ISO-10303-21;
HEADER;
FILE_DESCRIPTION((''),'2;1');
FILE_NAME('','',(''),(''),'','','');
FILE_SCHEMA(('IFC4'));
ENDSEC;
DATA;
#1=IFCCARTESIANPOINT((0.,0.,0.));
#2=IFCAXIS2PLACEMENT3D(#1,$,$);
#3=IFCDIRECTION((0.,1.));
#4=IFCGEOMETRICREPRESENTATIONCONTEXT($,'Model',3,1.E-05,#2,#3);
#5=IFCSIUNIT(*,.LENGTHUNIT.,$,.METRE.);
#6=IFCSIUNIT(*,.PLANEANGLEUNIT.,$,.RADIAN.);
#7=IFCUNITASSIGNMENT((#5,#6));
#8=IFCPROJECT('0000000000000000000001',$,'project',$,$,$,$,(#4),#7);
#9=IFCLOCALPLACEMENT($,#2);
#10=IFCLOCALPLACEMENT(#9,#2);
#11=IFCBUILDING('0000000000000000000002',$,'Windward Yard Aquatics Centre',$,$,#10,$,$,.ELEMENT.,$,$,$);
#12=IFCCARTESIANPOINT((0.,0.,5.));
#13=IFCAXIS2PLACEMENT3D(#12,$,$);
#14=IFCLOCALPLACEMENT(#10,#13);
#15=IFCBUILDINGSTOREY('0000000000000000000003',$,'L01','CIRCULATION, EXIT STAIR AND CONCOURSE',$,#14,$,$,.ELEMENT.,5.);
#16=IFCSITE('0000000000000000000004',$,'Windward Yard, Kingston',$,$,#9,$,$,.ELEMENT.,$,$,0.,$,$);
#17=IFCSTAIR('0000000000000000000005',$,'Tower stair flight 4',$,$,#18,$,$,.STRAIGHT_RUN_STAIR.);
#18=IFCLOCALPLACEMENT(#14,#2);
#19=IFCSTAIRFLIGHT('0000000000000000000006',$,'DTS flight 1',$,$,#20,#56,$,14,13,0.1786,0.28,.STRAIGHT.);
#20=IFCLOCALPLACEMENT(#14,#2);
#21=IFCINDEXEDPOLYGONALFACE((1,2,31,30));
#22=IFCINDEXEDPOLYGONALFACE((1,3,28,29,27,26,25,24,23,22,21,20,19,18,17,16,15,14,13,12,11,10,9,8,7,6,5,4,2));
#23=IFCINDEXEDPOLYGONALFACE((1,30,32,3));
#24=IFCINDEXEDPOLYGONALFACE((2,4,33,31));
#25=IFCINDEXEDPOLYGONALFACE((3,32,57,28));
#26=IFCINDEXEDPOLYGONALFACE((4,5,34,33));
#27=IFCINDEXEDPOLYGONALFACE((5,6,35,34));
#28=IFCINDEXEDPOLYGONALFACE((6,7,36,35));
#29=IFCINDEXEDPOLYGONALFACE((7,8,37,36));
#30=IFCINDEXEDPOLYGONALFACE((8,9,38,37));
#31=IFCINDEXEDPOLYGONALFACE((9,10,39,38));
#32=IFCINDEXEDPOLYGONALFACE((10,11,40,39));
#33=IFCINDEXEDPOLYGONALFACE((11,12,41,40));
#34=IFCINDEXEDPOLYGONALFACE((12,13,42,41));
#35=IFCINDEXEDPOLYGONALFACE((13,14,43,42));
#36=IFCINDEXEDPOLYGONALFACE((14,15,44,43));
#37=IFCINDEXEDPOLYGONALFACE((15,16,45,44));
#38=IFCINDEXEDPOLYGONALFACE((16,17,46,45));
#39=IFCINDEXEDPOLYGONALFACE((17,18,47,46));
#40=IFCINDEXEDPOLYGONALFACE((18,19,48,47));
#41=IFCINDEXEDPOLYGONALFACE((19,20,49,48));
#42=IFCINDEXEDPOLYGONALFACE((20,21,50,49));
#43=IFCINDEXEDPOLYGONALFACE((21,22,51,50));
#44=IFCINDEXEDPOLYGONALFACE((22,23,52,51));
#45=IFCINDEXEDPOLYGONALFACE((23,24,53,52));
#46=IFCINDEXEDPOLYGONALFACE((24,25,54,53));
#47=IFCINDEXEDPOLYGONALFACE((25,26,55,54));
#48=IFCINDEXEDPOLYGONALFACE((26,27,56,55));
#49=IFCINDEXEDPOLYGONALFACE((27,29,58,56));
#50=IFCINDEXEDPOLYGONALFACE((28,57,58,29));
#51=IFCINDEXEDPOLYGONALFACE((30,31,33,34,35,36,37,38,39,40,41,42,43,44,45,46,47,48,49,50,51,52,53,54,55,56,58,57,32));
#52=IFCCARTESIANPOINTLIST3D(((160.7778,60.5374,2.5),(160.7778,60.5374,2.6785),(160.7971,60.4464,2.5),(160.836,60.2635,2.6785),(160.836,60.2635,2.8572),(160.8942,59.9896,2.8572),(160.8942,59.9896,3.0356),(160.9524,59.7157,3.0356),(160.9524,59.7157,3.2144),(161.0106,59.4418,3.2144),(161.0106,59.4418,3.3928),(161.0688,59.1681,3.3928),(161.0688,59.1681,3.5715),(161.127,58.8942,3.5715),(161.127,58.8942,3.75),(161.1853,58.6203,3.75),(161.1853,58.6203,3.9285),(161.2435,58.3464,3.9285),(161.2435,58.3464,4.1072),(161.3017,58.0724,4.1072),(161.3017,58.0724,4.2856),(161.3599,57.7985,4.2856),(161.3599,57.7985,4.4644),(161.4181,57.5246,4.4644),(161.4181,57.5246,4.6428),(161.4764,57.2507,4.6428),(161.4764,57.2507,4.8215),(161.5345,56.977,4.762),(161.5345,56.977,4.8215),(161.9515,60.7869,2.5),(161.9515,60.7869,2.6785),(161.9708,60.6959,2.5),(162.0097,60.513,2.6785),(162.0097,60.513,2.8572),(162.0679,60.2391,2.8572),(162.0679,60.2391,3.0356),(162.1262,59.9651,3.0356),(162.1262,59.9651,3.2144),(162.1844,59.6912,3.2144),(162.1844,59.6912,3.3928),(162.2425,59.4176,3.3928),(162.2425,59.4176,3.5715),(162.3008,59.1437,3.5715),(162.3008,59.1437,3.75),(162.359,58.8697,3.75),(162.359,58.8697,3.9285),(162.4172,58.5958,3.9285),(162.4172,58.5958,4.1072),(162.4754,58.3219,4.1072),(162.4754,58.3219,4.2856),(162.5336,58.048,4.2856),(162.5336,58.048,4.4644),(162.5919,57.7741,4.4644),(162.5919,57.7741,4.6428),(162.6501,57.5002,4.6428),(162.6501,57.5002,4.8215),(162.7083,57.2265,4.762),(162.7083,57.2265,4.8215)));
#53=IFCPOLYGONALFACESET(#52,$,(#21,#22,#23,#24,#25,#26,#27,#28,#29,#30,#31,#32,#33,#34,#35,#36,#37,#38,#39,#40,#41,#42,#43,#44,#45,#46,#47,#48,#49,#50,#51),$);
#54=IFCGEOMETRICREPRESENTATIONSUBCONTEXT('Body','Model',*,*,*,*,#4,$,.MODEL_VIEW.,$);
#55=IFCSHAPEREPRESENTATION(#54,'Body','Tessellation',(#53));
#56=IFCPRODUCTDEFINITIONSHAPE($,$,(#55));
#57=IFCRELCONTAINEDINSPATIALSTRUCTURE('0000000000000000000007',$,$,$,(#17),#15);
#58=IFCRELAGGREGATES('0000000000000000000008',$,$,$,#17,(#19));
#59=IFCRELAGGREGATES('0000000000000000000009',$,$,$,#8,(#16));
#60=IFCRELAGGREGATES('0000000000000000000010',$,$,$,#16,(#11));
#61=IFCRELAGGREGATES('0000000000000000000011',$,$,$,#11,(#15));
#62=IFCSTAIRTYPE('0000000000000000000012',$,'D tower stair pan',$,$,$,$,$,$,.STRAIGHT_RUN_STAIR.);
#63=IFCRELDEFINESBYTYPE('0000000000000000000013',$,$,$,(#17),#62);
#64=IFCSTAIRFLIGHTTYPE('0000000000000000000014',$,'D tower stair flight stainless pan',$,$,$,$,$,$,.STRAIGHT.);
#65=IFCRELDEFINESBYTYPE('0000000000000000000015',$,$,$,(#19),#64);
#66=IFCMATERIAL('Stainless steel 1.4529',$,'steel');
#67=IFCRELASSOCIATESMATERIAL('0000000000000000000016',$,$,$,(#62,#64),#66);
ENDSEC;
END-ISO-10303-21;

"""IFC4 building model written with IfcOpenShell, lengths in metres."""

from ifc_helpers import new_model, si_unit, direction, frame, origin, place, context, subcontext, project, spatial, polyline, outline, extrude, material, type_object, element, aggregate, save


model = new_model("IFC4")

# Units and contexts
model_context = context("Model", 3, precision=1e-05, world=origin(), true_north=direction((0.0, 1.0)))
body_context = subcontext(model_context, "Body", "Model", "MODEL_VIEW")
ifc_project = project(units=[si_unit("LENGTHUNIT", "METRE"), si_unit("PLANEANGLEUNIT", "RADIAN")], contexts=[model_context])

# Site, building, storey
site_placement = place(None, origin())
site = spatial("IfcSite", under=ifc_project, at=site_placement, Name="Windward Yard, Kingston", CompositionType="ELEMENT", RefElevation=0.0)
building_placement = place(site_placement, origin())
building = spatial("IfcBuilding", under=site, at=building_placement, Name="Windward Yard Aquatics Centre", CompositionType="ELEMENT")
storey_placement = place(building_placement, frame((0.0, 0.0, 5.0)))
storey = spatial("IfcBuildingStorey", under=building, at=storey_placement, Name="L01", Description="CIRCULATION, EXIT STAIR AND CONCOURSE", CompositionType="ELEMENT", Elevation=5.0)

# Stair, stair flight
ifc_material_1 = material(Name="Stainless steel 1.4529", Category="steel")
stair_type = type_object("IfcStairType", Name="D tower stair pan", PredefinedType="STRAIGHT_RUN_STAIR", material=ifc_material_1)
stair_flight_type = type_object("IfcStairFlightType", Name="D tower stair flight stainless pan", PredefinedType="STRAIGHT", material=ifc_material_1)
stair_1_placement = place(storey_placement, origin())
stair_1 = element("IfcStair", 1, at=stair_1_placement, inside=storey, type_object=stair_type, Name="Tower stair flight 4", PredefinedType="STRAIGHT_RUN_STAIR")
stair_flight_1_placement = place(storey_placement, frame((161.3645, 60.6621, 2.5), z_axis=(0.0, 0.0, 1.0), x_axis=(0.207912, -0.978148, 0.0)))
stair_flight_1 = element("IfcStairFlight", 2, at=stair_flight_1_placement, type_object=stair_flight_type, Name="DTS flight 1", NumberOfRisers=14, NumberOfTreads=13, PredefinedType="STRAIGHT", RiserHeight=0.1786, TreadLength=0.28, context=body_context, shape_type="SweptSolid", body=[
    extrude(outline(polyline([(0.0, 0.0), (0.0, 0.1785), (0.28, 0.1785), (0.28, 0.3572), (0.5601, 0.3572), (0.5601, 0.5356), (0.8401, 0.5356), (0.8401, 0.7144), (1.1201, 0.7144), (1.1201, 0.8928), (1.3999, 0.8928), (1.3999, 1.0715), (1.6799, 1.0715), (1.6799, 1.25), (1.96, 1.25), (1.96, 1.4285), (2.24, 1.4285), (2.24, 1.6072), (2.52, 1.6072), (2.52, 1.7856), (2.8, 1.7856), (2.8, 1.9644), (3.0801, 1.9644), (3.0801, 2.1428), (3.3601, 2.1428), (3.3601, 2.3215), (3.6399, 2.3215), (3.6399, 2.5), (3.6399, 2.262), (0.093, 0.0), (0.0, 0.0)])), frame((0.0, 0.6001, 0.0), z_axis=(0.0, -1.0, 0.0), x_axis=(1.0, 0.0, 0.0)), (0.0, 0.0, 1.0), 1.2),
])
aggregate(stair_1, [stair_flight_1])

save(model, "model.ifc")
